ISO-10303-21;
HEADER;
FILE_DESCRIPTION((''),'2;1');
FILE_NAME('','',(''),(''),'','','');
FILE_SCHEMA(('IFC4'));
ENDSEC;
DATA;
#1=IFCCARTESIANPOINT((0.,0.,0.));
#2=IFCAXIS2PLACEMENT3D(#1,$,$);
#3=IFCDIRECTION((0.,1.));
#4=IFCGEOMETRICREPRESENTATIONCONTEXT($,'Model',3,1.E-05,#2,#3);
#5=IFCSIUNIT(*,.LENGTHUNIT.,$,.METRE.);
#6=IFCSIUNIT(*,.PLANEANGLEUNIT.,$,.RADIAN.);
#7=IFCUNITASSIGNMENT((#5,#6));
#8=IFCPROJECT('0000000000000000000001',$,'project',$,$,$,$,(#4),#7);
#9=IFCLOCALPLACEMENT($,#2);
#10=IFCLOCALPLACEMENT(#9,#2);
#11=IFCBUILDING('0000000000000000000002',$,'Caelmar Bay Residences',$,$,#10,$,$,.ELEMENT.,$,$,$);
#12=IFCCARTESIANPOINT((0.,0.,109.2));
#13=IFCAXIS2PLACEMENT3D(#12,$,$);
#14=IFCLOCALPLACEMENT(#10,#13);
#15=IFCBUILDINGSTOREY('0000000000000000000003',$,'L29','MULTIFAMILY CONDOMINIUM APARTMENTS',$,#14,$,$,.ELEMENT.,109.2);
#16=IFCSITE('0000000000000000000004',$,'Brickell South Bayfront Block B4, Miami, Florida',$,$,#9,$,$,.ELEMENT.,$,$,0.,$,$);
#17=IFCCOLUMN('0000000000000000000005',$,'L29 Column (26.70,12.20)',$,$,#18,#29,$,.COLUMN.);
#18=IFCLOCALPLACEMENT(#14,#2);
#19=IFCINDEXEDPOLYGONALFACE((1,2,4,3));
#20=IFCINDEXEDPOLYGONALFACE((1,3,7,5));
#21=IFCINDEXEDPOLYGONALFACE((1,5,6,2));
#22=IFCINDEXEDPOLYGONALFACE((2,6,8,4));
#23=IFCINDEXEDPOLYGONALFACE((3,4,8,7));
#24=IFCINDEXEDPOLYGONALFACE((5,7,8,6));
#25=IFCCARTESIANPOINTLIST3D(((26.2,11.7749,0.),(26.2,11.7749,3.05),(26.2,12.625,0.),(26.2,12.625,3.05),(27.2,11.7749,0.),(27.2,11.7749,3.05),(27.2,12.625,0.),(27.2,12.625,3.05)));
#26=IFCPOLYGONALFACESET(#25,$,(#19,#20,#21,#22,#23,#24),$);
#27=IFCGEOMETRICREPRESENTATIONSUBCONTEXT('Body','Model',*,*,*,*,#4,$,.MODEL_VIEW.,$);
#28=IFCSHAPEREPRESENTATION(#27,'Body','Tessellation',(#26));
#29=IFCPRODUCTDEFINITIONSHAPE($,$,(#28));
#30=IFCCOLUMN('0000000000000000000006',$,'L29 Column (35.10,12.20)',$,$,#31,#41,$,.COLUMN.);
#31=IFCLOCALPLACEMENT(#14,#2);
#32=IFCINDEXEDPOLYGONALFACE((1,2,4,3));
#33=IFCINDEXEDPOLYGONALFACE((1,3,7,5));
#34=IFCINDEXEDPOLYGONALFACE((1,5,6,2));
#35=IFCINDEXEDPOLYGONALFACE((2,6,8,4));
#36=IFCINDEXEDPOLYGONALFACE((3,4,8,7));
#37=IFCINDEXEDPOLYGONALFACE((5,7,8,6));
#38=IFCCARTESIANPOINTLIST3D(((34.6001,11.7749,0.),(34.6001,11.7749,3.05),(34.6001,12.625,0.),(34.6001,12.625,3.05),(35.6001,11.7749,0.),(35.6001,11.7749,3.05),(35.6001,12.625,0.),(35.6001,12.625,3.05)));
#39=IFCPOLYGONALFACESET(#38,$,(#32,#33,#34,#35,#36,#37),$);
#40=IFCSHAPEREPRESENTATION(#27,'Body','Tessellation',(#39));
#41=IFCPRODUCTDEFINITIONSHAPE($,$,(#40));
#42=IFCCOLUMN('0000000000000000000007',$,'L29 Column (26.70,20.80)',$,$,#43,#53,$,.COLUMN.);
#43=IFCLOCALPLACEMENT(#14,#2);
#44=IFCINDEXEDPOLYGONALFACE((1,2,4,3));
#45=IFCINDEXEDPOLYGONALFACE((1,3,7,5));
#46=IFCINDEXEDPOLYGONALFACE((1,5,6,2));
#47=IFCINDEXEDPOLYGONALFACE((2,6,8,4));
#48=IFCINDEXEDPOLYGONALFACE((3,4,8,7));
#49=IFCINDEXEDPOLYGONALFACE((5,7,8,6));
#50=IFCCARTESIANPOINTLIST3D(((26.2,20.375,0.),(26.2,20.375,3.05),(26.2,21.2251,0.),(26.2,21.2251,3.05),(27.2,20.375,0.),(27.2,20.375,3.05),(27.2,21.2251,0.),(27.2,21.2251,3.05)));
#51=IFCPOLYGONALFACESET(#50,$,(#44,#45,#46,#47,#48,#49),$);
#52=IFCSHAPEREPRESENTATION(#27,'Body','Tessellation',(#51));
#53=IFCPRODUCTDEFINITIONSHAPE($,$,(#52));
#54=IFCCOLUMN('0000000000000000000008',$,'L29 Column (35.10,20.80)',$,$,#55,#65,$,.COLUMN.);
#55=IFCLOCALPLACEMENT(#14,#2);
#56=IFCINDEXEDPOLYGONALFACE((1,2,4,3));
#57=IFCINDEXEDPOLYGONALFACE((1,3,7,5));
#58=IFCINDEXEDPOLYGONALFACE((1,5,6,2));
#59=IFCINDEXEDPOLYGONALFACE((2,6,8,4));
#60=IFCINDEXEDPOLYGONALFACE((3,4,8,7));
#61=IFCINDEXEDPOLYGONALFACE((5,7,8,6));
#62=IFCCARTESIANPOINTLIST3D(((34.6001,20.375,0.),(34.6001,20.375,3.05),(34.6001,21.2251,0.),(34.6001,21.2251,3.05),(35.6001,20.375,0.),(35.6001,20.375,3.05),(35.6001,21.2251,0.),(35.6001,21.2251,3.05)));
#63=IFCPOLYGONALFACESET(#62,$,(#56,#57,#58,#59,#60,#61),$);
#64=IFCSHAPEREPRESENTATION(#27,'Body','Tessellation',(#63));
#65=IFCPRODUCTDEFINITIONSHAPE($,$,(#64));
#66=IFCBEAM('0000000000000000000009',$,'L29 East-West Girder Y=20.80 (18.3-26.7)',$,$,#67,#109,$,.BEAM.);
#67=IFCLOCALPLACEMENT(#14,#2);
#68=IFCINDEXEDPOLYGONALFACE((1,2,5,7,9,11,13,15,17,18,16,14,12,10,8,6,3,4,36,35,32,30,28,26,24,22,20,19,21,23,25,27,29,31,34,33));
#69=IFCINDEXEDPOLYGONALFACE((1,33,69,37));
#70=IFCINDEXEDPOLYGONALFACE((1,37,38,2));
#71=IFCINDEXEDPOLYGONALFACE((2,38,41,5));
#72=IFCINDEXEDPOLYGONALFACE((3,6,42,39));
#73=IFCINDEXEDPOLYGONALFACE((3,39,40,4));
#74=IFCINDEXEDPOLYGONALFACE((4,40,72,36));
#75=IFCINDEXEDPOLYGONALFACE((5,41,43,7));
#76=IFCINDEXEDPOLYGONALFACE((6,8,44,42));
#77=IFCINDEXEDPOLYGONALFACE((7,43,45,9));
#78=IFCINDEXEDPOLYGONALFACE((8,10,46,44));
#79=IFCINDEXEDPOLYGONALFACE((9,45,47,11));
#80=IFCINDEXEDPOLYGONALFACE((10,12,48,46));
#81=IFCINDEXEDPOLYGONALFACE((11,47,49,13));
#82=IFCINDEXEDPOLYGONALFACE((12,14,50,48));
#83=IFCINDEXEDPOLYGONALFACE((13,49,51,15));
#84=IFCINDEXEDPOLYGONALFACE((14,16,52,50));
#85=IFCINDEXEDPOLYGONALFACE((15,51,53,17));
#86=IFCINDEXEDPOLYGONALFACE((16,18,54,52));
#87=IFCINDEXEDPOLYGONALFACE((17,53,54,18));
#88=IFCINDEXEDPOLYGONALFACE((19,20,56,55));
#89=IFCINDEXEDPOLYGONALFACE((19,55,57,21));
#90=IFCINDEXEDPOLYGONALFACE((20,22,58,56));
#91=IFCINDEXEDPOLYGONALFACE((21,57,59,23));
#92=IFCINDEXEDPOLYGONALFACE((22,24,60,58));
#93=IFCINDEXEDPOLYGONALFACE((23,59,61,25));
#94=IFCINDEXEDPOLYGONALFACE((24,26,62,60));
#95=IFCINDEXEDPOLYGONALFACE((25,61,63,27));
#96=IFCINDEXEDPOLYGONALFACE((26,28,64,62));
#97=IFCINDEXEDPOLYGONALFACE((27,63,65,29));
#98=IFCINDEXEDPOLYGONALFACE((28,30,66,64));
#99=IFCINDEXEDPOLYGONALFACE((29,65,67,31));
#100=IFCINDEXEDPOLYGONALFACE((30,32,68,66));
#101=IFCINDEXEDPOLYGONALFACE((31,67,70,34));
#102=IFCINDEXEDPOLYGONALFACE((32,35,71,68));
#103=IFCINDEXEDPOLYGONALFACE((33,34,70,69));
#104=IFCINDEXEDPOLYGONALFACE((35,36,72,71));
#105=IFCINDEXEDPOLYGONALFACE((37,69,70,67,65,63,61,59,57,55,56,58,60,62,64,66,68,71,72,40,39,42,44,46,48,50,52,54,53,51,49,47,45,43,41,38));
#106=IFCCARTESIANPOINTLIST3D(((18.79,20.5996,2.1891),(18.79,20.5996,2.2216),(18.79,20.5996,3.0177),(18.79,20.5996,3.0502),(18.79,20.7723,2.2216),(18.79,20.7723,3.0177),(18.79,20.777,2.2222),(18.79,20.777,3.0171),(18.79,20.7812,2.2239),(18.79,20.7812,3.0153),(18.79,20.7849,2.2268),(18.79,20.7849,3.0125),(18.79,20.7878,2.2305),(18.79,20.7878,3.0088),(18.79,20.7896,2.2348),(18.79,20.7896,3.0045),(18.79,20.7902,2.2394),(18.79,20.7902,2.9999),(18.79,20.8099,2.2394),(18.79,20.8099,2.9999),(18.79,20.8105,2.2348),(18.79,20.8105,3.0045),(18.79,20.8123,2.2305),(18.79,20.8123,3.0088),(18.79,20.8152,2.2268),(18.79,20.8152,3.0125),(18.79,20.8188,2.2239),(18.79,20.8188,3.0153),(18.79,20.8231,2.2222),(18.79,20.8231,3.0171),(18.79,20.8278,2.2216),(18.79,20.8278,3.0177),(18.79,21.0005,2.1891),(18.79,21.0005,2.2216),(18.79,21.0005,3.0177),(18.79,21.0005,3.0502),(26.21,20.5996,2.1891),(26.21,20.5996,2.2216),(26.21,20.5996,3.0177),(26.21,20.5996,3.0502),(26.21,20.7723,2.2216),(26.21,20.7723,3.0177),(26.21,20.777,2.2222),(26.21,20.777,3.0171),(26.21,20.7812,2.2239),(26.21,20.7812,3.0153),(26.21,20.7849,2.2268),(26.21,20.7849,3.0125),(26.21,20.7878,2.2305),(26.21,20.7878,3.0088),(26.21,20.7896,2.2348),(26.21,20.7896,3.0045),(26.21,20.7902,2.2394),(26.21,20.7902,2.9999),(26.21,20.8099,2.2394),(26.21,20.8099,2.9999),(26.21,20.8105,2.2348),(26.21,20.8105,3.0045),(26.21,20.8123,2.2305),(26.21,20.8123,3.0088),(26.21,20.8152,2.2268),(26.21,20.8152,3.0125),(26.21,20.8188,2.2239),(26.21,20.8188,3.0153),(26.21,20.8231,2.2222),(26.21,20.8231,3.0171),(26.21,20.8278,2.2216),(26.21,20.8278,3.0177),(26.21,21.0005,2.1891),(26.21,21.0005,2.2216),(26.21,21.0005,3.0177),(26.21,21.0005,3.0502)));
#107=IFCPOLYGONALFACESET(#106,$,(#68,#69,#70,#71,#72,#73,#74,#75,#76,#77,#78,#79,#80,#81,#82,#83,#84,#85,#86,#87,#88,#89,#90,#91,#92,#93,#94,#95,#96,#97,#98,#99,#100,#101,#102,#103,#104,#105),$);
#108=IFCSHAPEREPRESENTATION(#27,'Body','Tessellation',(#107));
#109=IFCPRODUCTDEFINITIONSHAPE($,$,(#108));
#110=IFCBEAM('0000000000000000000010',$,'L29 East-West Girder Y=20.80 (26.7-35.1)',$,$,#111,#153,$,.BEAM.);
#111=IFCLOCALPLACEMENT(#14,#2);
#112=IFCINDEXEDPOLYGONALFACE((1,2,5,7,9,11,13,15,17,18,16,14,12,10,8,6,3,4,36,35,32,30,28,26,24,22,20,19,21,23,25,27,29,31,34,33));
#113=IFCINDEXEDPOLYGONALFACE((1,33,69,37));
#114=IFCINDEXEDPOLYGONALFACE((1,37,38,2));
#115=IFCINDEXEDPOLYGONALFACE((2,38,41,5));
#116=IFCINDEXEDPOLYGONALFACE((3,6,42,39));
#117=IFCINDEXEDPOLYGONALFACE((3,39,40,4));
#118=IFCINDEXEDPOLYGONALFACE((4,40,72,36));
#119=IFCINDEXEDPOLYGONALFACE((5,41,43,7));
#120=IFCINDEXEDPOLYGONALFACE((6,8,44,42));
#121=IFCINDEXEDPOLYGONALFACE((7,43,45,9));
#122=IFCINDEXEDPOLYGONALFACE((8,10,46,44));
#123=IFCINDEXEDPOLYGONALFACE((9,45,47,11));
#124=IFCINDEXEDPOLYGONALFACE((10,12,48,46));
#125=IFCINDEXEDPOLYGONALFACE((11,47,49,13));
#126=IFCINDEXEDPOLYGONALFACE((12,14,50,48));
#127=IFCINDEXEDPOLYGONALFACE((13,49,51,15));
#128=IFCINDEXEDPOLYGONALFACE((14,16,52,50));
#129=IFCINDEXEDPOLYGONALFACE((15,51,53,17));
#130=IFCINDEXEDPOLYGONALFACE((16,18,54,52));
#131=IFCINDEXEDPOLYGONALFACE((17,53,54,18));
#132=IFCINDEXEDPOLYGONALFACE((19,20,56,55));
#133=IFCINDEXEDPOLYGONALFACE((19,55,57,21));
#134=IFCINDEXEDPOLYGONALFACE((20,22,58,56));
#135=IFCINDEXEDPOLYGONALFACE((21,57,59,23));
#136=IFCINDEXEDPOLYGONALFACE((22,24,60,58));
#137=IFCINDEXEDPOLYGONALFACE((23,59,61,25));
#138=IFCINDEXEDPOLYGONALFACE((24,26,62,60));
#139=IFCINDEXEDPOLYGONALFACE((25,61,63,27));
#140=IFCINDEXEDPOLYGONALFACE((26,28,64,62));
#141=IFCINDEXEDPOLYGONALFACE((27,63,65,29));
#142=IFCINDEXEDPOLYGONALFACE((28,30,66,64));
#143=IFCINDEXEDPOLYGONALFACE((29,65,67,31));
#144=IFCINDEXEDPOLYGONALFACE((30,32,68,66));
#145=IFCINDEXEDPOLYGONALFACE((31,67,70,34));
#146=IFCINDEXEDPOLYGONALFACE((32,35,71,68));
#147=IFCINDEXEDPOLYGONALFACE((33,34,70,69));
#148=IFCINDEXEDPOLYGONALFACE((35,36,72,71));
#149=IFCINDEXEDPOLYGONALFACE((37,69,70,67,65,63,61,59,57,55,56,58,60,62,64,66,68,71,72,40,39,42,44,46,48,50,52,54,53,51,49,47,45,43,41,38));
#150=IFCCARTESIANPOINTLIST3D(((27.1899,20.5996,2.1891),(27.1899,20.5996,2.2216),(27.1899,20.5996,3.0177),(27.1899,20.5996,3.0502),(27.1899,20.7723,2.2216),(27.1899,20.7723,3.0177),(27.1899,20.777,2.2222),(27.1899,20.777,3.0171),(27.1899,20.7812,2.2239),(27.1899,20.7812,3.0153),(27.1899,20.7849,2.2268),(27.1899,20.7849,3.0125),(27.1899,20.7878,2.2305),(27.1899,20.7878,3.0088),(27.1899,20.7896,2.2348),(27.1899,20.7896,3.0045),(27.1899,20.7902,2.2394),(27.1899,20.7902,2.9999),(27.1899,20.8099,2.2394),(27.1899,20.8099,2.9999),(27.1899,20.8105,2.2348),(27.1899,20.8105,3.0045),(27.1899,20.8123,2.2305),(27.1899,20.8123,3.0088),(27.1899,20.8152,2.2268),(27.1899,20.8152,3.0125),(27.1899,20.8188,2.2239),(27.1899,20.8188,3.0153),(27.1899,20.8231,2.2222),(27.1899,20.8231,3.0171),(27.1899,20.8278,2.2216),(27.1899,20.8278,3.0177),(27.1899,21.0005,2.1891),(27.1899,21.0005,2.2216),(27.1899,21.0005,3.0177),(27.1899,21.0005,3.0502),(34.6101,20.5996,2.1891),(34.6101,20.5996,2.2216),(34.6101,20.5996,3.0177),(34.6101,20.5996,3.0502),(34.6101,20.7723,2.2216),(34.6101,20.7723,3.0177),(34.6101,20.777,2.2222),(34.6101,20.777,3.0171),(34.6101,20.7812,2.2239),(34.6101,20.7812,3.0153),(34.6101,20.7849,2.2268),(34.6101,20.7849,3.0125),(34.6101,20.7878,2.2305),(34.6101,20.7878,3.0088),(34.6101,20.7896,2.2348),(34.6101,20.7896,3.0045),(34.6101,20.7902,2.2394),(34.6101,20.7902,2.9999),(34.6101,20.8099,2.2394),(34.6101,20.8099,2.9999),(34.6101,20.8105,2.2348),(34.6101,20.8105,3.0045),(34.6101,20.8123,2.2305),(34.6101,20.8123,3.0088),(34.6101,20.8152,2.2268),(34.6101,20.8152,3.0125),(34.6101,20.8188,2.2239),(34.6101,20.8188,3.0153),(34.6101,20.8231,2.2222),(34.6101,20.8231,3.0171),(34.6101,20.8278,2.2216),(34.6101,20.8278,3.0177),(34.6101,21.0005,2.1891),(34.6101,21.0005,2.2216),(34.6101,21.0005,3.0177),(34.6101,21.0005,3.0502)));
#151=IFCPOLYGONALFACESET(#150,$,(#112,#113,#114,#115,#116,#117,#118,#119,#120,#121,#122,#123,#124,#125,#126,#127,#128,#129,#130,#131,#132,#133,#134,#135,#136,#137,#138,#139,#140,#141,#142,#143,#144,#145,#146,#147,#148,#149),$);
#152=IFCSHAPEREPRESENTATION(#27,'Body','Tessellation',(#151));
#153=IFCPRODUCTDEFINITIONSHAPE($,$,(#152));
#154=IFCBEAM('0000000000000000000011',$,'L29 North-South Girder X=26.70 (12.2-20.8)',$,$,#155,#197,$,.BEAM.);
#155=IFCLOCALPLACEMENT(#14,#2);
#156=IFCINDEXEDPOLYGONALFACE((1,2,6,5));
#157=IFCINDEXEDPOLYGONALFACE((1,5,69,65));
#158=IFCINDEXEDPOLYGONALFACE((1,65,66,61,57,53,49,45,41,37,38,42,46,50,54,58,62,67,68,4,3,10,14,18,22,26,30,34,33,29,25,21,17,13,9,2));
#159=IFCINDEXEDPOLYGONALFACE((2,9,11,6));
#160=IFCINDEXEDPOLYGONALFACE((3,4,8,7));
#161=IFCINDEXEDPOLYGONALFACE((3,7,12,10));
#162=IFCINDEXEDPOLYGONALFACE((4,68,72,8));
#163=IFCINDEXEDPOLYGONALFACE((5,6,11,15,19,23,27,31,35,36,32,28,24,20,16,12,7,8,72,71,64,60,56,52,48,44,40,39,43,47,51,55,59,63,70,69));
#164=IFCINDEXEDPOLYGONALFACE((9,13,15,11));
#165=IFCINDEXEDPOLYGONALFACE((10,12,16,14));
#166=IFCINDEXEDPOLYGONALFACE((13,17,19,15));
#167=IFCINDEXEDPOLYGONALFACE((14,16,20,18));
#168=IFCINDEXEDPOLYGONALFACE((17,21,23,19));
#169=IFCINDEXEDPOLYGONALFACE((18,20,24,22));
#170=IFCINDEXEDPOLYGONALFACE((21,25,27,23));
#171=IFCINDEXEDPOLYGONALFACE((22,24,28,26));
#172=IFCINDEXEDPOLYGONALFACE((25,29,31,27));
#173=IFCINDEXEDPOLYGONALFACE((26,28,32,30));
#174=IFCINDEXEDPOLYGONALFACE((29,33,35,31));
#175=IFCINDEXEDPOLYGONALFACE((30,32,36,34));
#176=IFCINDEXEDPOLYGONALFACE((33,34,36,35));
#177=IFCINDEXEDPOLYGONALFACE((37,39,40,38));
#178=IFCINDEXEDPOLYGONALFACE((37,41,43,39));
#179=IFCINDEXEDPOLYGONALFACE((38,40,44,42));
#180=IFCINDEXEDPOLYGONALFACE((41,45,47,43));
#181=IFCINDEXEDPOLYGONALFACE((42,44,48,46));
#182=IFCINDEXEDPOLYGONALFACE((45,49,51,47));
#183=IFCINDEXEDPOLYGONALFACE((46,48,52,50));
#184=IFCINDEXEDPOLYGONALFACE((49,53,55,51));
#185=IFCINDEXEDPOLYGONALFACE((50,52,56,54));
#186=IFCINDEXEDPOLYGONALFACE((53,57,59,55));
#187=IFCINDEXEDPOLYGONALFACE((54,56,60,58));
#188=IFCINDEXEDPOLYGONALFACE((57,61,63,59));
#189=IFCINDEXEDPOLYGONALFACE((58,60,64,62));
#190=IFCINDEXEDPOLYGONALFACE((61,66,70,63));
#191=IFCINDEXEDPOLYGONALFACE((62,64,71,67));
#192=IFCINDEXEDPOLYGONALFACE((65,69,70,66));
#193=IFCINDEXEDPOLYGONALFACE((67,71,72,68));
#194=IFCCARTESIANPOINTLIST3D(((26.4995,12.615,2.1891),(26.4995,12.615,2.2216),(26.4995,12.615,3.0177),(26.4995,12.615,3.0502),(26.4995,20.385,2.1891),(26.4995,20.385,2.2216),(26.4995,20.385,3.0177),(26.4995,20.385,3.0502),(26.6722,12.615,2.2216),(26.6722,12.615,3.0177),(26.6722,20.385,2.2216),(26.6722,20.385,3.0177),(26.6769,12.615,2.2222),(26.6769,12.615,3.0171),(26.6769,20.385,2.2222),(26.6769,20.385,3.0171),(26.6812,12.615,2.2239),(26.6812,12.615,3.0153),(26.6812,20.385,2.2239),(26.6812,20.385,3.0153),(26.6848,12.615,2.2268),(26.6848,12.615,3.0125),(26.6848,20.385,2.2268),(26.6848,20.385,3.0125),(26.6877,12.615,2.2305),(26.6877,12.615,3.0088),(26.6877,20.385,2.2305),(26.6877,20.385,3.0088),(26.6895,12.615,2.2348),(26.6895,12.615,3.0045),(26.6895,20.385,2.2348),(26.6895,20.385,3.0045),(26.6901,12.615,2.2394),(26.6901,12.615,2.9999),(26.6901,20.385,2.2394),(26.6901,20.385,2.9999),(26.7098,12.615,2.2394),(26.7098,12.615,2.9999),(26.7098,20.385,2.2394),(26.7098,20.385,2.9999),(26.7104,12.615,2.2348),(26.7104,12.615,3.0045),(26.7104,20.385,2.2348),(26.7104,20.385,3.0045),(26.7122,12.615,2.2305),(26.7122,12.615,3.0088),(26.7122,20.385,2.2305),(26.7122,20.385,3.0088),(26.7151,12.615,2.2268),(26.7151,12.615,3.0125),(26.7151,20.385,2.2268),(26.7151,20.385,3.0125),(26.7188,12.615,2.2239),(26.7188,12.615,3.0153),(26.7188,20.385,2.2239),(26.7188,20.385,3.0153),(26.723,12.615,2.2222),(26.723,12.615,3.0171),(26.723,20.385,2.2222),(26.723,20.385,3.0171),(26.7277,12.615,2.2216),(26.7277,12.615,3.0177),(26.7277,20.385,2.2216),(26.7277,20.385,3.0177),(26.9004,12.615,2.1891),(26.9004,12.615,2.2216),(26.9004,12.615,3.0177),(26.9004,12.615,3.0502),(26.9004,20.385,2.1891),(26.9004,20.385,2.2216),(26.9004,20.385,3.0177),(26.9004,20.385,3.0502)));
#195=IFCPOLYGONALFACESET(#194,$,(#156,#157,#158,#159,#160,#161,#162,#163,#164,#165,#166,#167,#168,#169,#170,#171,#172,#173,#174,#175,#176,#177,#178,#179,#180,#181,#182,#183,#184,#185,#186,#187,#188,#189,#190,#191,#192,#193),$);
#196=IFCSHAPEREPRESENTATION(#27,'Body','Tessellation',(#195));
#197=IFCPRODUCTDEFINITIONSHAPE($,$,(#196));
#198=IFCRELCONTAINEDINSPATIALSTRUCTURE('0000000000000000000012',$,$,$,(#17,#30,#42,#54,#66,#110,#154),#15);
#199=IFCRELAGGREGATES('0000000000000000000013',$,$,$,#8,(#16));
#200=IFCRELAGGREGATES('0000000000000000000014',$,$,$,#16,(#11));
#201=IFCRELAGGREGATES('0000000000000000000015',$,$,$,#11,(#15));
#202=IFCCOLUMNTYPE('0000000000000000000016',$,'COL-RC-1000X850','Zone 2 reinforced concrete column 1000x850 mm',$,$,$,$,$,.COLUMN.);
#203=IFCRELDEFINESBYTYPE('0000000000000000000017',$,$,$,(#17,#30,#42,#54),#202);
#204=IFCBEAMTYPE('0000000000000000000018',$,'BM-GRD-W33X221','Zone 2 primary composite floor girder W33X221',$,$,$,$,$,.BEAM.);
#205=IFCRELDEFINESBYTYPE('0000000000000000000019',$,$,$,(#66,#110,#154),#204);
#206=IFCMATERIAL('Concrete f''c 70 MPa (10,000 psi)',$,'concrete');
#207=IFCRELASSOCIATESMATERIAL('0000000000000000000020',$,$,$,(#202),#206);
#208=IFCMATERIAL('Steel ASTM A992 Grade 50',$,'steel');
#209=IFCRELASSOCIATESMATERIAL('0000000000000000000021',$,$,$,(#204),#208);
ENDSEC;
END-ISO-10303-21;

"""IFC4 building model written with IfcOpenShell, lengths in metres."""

from ifc_helpers import new_model, si_unit, direction, frame, origin, origin_2d, place, context, subcontext, project, spatial, rectangle, i_section, extrude, material, material_profile, profile_set, type_object, element, save


model = new_model("IFC4")

# Units and contexts
model_context = context("Model", 3, precision=1e-05, world=origin(), true_north=direction((0.0, 1.0)))
body_context = subcontext(model_context, "Body", "Model", "MODEL_VIEW")
ifc_project = project(units=[si_unit("LENGTHUNIT", "METRE"), si_unit("PLANEANGLEUNIT", "RADIAN")], contexts=[model_context])

# Site, building, storey
site_placement = place(None, origin())
site = spatial("IfcSite", under=ifc_project, at=site_placement, Name="Brickell South Bayfront Block B4, Miami, Florida", CompositionType="ELEMENT", RefElevation=0.0)
building_placement = place(site_placement, origin())
building = spatial("IfcBuilding", under=site, at=building_placement, Name="Caelmar Bay Residences", CompositionType="ELEMENT")
storey_placement = place(building_placement, frame((0.0, 0.0, 109.2)))
storey = spatial("IfcBuildingStorey", under=building, at=storey_placement, Name="L29", Description="MULTIFAMILY CONDOMINIUM APARTMENTS", CompositionType="ELEMENT", Elevation=109.2)

# Columns
ifc_material_1 = material(Name="Concrete f'c 70 MPa (10,000 psi)", Category="concrete")
ifc_material_profile_1 = material_profile(ifc_material_1, rectangle(XDim=1.0, YDim=0.8501, at=origin_2d()), Name="RC-COL-1000X850")
ifc_profile_set_1 = profile_set([ifc_material_profile_1], Name="Concrete f'c 70 MPa (10,000 psi)")
column_type = type_object("IfcColumnType", Name="COL-RC-1000X850", Description="Zone 2 reinforced concrete column 1000x850 mm", PredefinedType="COLUMN", material=ifc_profile_set_1)
for number, where, z_axis, x_axis, name in (
    (1, (26.7, 12.2, 0.0), (0.0, 0.0, 1.0), (1.0, 0.0, 0.0), "L29 Column (26.70,12.20)"),
    (2, (35.1001, 12.2, 0.0), (0.0, 0.0, 1.0), (1.0, 0.0, 0.0), "L29 Column (35.10,12.20)"),
    (3, (26.7, 20.8, 0.0), (0.0, 0.0, 1.0), (1.0, 0.0, 0.0), "L29 Column (26.70,20.80)"),
    (4, (35.1001, 20.8, 0.0), (0.0, 0.0, 1.0), (1.0, 0.0, 0.0), "L29 Column (35.10,20.80)"),
):
    element("IfcColumn", number, at=place(storey_placement, frame(where, z_axis=z_axis, x_axis=x_axis)), inside=storey, type_object=column_type, Name=name, PredefinedType="COLUMN", context=body_context, shape_type="SweptSolid", body=[
        extrude(rectangle(XDim=1.0, YDim=0.8501, at=origin_2d()), origin(), (0.0, 0.0, 1.0), 3.05),
    ])

# Beams
ifc_material_2 = material(Name="Steel ASTM A992 Grade 50", Category="steel")
ifc_material_profile_2 = material_profile(ifc_material_2, i_section(OverallWidth=0.4009, OverallDepth=0.8611, WebThickness=0.0198, FlangeThickness=0.0325, FilletRadius=0.0178, at=origin_2d()), Name="W33X221")
ifc_profile_set_2 = profile_set([ifc_material_profile_2], Name="Steel ASTM A992 Grade 50")
beam_type_1 = type_object("IfcBeamType", Name="BM-GRD-W33X221", Description="Zone 2 primary composite floor girder W33X221", PredefinedType="BEAM", material=ifc_profile_set_2)
beam_1_placement = place(storey_placement, frame((18.79, 20.8, 2.6196), z_axis=(1.0, 0.0, 0.0), x_axis=(0.0, 1.0, 0.0)))
element("IfcBeam", 5, at=beam_1_placement, inside=storey, type_object=beam_type_1, Name="L29 East-West Girder Y=20.80 (18.3-26.7)", PredefinedType="BEAM", context=body_context, shape_type="SweptSolid", body=[
    extrude(i_section(OverallWidth=0.4009, OverallDepth=0.8611, WebThickness=0.0198, FlangeThickness=0.0325, FilletRadius=0.0178, at=origin_2d()), origin(), (0.0, 0.0, 1.0), 7.4199),
])
beam_2_placement = place(storey_placement, frame((27.1899, 20.8, 2.6196), z_axis=(1.0, 0.0, 0.0), x_axis=(0.0, 1.0, 0.0)))
element("IfcBeam", 6, at=beam_2_placement, inside=storey, type_object=beam_type_1, Name="L29 East-West Girder Y=20.80 (26.7-35.1)", PredefinedType="BEAM", context=body_context, shape_type="SweptSolid", body=[
    extrude(i_section(OverallWidth=0.4009, OverallDepth=0.8611, WebThickness=0.0198, FlangeThickness=0.0325, FilletRadius=0.0178, at=origin_2d()), origin(), (0.0, 0.0, 1.0), 7.4202),
])
for number, where, z_axis, x_axis, name in (
    (7, (26.7, 12.615, 2.6196), (0.0, 1.0, 0.0), (-1.0, 0.0, 0.0), "L29 North-South Girder X=26.70 (12.2-20.8)"),
):
    element("IfcBeam", number, at=place(storey_placement, frame(where, z_axis=z_axis, x_axis=x_axis)), inside=storey, type_object=beam_type_1, Name=name, PredefinedType="BEAM", context=body_context, shape_type="SweptSolid", body=[
        extrude(i_section(OverallWidth=0.4009, OverallDepth=0.8611, WebThickness=0.0198, FlangeThickness=0.0325, FilletRadius=0.0178, at=origin_2d()), origin(), (0.0, 0.0, 1.0), 7.77),
    ])

save(model, "model.ifc")
